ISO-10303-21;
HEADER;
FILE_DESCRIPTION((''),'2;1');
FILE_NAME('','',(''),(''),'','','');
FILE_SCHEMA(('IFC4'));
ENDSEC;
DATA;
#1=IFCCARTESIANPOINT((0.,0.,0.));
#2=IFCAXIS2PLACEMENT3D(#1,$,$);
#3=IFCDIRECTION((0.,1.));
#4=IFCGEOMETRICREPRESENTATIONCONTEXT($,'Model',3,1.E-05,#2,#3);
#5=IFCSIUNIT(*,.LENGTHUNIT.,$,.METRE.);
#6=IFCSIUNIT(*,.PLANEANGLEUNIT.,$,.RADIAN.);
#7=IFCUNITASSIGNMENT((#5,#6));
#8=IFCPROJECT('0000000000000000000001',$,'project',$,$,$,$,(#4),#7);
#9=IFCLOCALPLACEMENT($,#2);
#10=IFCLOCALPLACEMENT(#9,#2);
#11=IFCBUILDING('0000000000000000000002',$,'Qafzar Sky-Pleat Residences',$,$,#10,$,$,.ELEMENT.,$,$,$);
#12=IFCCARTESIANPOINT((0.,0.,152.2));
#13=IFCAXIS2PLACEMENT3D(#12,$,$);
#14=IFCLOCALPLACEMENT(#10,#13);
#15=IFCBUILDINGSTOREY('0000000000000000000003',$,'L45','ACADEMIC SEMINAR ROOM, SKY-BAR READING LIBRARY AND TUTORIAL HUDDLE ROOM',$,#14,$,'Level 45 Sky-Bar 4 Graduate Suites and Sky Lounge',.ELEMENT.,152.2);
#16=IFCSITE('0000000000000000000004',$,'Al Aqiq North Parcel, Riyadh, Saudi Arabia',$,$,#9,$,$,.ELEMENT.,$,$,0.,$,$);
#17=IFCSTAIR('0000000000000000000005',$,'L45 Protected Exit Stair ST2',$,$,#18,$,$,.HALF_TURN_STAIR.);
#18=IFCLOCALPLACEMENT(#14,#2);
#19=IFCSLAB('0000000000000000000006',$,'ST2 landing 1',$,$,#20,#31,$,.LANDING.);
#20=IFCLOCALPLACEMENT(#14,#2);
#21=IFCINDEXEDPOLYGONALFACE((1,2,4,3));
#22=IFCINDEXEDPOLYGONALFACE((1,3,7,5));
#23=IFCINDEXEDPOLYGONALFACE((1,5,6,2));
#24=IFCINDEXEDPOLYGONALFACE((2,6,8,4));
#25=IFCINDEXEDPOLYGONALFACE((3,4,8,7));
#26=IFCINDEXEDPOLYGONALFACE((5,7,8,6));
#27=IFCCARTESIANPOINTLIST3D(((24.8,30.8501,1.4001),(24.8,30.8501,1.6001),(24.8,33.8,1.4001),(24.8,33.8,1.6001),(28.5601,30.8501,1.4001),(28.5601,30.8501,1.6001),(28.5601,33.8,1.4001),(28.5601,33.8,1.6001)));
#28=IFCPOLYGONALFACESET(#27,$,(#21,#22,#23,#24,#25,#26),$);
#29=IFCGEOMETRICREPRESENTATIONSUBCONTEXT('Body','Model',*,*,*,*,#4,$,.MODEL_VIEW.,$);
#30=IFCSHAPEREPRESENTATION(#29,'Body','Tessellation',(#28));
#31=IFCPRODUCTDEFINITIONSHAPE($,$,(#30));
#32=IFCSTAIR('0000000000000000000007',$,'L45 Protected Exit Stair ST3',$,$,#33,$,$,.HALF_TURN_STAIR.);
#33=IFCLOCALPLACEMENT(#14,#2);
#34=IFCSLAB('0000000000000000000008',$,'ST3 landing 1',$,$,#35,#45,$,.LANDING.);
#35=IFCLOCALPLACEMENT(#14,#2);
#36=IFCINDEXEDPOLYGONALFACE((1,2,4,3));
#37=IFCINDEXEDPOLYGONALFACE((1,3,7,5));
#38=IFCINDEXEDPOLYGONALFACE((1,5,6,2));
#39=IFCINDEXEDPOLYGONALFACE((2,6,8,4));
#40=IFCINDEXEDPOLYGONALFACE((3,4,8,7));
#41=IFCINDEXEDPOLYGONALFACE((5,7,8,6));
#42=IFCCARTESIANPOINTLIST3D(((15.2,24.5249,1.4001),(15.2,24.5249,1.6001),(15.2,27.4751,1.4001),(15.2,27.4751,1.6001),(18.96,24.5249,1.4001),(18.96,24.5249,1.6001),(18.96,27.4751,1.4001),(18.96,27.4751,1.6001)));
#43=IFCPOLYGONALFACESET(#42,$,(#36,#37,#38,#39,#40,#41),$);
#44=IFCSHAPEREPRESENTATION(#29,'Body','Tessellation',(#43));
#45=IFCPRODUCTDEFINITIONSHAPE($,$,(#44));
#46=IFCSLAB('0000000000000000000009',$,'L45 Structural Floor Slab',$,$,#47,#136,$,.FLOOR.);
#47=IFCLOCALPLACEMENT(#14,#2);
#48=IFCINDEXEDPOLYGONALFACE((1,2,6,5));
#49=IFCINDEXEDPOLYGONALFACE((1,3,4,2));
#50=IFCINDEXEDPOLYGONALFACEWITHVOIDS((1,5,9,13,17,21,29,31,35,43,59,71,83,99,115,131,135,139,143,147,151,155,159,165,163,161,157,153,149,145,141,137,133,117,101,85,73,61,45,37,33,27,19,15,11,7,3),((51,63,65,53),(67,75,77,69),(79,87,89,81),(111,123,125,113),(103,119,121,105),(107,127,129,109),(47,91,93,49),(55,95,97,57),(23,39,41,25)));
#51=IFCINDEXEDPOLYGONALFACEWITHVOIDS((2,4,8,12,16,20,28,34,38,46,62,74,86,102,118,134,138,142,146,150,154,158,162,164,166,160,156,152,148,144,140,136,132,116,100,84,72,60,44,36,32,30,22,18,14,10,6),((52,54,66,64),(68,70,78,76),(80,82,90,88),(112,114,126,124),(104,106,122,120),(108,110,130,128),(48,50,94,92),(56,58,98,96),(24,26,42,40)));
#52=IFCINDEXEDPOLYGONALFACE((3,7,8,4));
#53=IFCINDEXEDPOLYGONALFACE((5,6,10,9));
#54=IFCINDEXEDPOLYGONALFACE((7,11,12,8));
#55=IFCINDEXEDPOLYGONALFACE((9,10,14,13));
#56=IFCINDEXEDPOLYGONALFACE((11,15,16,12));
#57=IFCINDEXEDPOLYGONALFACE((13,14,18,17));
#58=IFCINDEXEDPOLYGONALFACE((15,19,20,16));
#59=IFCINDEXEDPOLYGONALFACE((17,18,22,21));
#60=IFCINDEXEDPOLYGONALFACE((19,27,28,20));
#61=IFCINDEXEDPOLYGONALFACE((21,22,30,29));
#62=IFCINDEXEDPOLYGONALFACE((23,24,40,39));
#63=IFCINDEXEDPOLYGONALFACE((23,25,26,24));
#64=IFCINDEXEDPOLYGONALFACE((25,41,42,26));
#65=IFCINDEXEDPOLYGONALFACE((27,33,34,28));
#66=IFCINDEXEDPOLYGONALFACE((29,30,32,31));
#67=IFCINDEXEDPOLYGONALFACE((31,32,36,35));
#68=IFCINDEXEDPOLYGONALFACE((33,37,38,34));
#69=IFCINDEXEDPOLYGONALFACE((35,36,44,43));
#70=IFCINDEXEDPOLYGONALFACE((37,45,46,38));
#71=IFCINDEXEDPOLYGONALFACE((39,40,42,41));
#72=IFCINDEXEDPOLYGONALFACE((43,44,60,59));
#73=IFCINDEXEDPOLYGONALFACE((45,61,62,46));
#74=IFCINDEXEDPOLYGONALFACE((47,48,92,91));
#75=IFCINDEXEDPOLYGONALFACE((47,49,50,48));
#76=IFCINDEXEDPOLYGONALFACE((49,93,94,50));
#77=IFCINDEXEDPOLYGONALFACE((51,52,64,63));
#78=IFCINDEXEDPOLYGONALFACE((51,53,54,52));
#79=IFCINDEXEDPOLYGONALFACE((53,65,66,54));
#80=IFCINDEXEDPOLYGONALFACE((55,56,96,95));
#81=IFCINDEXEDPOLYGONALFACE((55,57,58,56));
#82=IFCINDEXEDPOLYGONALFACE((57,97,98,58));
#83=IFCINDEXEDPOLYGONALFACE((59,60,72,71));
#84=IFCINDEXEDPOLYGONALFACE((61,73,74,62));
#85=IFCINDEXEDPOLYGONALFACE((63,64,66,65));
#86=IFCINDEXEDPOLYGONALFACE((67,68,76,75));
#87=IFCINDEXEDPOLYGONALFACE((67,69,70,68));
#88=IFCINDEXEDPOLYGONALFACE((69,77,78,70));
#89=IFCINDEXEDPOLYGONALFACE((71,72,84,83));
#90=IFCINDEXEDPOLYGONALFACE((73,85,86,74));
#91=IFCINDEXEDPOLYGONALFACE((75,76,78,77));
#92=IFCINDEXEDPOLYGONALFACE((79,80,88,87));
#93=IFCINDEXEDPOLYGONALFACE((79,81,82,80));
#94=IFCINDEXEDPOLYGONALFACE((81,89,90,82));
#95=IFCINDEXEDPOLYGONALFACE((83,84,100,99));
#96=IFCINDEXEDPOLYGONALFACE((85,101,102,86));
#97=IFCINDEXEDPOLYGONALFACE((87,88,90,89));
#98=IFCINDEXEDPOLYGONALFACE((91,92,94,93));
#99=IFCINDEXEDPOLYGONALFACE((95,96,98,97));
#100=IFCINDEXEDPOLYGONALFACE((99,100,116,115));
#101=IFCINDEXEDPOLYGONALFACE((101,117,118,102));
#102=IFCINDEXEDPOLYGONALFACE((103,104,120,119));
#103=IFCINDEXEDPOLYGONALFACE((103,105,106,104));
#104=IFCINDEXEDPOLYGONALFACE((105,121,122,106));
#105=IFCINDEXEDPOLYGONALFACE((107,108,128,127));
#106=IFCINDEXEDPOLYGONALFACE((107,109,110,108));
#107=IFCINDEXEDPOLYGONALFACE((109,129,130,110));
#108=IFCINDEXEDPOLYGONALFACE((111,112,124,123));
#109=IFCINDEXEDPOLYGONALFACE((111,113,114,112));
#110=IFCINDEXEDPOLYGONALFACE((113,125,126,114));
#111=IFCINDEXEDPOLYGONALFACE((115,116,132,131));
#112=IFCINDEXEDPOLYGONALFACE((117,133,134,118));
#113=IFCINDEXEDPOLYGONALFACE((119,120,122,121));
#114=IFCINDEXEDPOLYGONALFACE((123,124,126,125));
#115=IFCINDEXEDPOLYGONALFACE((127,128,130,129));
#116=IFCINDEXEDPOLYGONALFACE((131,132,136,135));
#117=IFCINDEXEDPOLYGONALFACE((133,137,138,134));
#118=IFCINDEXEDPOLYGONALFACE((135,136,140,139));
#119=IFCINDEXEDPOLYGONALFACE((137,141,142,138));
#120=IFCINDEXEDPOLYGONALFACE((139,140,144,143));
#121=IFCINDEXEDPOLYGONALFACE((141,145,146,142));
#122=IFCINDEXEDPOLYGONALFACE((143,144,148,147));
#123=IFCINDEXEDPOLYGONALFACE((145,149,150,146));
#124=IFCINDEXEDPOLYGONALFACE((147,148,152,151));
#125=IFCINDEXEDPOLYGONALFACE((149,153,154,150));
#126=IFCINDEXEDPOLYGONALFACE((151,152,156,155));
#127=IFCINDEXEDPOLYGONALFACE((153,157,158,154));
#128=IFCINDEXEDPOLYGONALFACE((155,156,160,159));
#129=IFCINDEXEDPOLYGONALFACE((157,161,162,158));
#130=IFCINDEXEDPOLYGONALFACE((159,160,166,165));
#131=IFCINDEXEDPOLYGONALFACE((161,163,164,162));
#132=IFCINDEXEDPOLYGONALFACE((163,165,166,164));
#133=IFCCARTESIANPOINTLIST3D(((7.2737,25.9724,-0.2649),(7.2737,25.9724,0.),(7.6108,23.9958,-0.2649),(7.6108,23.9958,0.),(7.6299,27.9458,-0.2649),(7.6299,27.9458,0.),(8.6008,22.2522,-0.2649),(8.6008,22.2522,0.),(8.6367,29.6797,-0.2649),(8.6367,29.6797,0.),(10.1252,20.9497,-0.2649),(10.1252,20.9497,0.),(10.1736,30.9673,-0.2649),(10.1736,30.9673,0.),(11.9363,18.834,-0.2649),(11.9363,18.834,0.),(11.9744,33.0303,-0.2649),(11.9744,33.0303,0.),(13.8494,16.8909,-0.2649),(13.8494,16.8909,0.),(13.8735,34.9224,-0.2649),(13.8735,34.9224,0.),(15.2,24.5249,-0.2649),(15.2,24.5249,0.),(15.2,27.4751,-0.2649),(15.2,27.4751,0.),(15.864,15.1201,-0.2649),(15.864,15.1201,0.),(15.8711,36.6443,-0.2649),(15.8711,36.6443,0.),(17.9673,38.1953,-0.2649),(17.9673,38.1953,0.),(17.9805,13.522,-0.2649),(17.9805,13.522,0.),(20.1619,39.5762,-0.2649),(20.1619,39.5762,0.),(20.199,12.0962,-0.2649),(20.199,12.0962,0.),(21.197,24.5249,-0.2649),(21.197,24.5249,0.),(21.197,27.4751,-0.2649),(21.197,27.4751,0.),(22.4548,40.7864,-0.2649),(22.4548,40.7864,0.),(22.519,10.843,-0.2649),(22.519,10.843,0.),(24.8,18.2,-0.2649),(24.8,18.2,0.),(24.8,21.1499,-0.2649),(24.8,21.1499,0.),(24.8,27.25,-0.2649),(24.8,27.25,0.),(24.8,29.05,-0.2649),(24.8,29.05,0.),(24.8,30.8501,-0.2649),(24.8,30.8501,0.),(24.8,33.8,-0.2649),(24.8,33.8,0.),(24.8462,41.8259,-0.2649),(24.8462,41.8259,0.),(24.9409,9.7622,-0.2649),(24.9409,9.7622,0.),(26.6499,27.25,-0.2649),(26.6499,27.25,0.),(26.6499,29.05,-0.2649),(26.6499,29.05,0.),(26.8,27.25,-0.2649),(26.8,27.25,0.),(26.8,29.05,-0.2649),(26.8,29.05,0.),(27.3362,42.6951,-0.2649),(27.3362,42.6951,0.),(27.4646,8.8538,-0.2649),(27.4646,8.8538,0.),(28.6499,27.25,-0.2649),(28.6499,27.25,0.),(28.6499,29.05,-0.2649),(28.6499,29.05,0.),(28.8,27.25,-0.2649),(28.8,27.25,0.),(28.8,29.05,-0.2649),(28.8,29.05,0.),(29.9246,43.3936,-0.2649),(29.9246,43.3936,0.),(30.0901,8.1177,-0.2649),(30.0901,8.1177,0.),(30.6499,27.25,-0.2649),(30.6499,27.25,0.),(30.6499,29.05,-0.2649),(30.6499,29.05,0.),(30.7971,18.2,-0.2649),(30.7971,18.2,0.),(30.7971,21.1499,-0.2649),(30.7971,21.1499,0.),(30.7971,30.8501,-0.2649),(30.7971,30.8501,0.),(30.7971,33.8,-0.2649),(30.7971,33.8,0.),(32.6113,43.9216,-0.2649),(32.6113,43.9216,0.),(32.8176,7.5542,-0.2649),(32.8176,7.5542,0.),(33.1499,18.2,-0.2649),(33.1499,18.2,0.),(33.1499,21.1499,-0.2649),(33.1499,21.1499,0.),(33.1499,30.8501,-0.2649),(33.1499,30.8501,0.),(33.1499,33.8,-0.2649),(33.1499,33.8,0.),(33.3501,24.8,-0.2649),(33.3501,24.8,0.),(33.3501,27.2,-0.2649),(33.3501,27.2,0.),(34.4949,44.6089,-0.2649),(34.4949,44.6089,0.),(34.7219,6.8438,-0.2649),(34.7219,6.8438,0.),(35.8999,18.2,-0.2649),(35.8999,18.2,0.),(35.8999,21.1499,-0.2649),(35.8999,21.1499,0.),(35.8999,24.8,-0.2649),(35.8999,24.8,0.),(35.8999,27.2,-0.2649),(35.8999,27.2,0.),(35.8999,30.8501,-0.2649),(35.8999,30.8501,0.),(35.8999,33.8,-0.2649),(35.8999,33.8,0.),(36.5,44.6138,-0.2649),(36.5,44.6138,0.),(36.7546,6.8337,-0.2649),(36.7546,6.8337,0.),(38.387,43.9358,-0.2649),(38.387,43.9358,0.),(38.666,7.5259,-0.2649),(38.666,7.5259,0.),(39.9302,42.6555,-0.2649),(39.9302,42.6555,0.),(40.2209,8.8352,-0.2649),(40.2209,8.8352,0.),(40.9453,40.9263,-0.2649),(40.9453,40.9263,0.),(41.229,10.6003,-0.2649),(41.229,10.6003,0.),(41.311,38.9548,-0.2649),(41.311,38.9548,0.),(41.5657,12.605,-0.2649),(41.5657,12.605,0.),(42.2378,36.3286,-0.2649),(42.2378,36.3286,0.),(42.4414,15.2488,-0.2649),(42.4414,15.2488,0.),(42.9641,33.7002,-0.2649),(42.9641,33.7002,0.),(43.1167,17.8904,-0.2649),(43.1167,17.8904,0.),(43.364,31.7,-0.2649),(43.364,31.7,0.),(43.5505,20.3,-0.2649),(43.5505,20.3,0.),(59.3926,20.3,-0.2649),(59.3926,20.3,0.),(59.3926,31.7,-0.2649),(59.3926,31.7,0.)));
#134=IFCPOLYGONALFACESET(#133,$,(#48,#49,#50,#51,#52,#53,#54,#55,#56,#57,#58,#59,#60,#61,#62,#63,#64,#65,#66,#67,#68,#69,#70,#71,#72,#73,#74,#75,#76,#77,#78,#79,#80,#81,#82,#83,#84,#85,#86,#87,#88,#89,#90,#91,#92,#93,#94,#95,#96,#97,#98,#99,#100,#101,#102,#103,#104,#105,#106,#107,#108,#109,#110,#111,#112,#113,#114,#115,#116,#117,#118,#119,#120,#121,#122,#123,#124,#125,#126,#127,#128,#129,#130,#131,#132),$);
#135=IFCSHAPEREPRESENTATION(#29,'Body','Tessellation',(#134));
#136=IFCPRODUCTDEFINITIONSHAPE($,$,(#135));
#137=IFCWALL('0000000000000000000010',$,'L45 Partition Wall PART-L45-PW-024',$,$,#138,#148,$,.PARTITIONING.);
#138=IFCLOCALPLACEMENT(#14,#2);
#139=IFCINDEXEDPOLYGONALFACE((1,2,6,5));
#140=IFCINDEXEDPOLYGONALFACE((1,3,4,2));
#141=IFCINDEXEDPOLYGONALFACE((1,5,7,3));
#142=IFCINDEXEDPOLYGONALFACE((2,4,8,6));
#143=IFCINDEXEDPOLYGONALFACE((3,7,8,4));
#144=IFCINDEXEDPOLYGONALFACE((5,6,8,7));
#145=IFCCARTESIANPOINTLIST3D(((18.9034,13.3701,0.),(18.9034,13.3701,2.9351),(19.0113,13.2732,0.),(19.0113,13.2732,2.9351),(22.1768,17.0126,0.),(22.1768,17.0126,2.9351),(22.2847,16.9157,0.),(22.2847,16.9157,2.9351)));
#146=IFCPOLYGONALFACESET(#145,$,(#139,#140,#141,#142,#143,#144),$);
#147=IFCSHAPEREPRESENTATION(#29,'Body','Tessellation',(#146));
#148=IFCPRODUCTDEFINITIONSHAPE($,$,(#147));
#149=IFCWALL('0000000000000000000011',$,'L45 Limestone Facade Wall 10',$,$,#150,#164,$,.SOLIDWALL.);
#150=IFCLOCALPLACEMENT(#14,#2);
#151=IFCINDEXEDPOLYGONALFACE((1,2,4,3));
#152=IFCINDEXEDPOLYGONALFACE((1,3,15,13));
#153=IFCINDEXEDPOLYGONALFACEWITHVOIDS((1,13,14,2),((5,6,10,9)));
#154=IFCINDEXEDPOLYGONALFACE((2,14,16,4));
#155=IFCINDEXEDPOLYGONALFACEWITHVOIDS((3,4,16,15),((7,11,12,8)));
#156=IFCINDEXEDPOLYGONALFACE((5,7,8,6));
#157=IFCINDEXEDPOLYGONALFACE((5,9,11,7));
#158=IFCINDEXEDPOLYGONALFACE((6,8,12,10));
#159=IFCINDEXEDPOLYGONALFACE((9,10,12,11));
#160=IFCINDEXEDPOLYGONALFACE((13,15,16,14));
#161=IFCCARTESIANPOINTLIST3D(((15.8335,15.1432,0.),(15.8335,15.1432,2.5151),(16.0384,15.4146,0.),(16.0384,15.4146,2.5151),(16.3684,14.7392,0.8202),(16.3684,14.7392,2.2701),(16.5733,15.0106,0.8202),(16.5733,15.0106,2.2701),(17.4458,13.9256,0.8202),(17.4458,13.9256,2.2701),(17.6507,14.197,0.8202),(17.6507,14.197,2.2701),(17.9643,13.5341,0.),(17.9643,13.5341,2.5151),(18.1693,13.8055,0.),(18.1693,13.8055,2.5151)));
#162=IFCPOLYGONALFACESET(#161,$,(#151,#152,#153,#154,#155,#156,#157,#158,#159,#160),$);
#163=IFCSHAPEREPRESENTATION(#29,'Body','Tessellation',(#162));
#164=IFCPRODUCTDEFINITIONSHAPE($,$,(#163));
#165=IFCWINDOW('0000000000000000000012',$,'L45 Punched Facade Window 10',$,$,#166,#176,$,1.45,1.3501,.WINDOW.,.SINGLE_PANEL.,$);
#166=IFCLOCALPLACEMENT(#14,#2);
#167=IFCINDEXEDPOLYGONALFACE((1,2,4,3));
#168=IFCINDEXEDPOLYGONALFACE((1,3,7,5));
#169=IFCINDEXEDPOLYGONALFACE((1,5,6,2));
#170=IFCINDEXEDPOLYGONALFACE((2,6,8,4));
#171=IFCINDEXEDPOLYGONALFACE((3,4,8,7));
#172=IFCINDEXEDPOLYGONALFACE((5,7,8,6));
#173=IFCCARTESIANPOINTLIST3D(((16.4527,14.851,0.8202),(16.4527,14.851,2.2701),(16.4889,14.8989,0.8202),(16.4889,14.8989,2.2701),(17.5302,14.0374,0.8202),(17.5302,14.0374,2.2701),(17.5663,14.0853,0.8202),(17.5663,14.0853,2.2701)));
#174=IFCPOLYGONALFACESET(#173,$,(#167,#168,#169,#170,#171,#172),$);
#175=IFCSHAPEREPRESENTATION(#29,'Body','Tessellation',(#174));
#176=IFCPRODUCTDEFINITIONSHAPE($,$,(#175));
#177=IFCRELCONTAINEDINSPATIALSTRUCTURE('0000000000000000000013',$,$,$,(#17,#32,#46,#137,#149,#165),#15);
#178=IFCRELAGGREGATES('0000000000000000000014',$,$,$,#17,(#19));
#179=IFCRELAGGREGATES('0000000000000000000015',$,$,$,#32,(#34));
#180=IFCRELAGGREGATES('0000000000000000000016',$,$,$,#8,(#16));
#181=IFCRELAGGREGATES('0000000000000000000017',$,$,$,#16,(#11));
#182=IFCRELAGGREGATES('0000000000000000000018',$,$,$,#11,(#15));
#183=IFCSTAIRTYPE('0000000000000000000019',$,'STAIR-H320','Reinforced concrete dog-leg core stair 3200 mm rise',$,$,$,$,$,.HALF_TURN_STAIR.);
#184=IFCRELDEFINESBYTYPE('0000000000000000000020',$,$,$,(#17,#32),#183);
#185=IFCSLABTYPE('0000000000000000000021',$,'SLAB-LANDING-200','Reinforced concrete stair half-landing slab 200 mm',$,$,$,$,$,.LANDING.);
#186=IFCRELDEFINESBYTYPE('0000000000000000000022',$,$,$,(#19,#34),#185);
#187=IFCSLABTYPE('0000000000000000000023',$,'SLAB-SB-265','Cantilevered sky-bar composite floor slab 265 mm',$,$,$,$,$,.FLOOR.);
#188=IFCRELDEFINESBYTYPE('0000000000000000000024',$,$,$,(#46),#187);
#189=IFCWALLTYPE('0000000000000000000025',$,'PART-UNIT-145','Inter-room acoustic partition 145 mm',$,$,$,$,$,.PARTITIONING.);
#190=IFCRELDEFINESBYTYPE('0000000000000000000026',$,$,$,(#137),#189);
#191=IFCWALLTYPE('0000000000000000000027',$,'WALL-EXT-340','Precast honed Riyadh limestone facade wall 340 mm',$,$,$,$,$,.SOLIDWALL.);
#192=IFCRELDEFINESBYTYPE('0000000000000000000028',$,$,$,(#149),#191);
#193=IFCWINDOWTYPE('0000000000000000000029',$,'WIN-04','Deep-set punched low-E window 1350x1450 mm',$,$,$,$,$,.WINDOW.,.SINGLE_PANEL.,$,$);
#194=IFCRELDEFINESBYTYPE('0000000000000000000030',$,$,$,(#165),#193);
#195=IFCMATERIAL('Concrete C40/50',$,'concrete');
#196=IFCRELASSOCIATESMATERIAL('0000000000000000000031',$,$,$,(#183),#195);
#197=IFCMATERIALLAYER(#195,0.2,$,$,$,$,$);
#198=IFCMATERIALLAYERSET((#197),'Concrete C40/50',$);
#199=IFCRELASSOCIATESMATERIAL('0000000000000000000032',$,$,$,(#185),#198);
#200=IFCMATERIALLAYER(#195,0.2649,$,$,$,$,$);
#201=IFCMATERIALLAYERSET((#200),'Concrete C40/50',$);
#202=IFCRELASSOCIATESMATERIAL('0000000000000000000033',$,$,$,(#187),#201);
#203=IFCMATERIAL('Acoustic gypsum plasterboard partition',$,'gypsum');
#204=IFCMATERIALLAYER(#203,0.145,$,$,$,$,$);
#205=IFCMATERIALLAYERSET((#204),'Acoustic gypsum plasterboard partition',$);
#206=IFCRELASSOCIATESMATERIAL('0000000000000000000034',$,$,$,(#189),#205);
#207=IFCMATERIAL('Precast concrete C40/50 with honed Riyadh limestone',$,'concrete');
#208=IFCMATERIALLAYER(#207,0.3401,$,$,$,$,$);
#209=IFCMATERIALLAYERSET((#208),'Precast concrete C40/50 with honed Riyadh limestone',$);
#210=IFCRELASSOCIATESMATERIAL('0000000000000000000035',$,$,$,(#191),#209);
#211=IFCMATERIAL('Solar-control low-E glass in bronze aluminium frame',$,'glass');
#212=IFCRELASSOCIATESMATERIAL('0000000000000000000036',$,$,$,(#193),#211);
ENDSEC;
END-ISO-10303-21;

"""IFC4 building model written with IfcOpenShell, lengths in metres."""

from ifc_helpers import new_model, si_unit, direction, frame, frame_2d, origin, place, context, subcontext, project, spatial, polyline, rectangle, outline, extrude, source, transform, mapped, material, layer, layer_set, type_object, element, fill, aggregate, save


model = new_model("IFC4")

# Units and contexts
model_context = context("Model", 3, precision=1e-05, world=origin(), true_north=direction((0.0, 1.0)))
body_context = subcontext(model_context, "Body", "Model", "MODEL_VIEW")
ifc_project = project(units=[si_unit("LENGTHUNIT", "METRE"), si_unit("PLANEANGLEUNIT", "RADIAN")], contexts=[model_context])

# Site, building, storey
site_placement = place(None, origin())
site = spatial("IfcSite", under=ifc_project, at=site_placement, Name="Al Aqiq North Parcel, Riyadh, Saudi Arabia", CompositionType="ELEMENT", RefElevation=0.0)
building_placement = place(site_placement, origin())
building = spatial("IfcBuilding", under=site, at=building_placement, Name="Qafzar Sky-Pleat Residences", CompositionType="ELEMENT")
storey_placement = place(building_placement, frame((0.0, 0.0, 152.2)))
storey = spatial("IfcBuildingStorey", under=building, at=storey_placement, Name="L45", Description="ACADEMIC SEMINAR ROOM, SKY-BAR READING LIBRARY AND TUTORIAL HUDDLE ROOM", LongName="Level 45 Sky-Bar 4 Graduate Suites and Sky Lounge", CompositionType="ELEMENT", Elevation=152.2)

# Shared definitions
ifc_material_1 = material(Name="Concrete C40/50", Category="concrete")

# Stairs, slabs
stair_type = type_object("IfcStairType", Name="STAIR-H320", Description="Reinforced concrete dog-leg core stair 3200 mm rise", PredefinedType="HALF_TURN_STAIR", material=ifc_material_1)
ifc_layer_1 = layer(ifc_material_1, 0.2)
ifc_layer_set_1 = layer_set([ifc_layer_1], Name="Concrete C40/50")
slab_type_1 = type_object("IfcSlabType", Name="SLAB-LANDING-200", Description="Reinforced concrete stair half-landing slab 200 mm", PredefinedType="LANDING", material=ifc_layer_set_1)
stair_1_placement = place(storey_placement, origin())
stair_1 = element("IfcStair", 1, at=stair_1_placement, inside=storey, type_object=stair_type, Name="L45 Protected Exit Stair ST2", PredefinedType="HALF_TURN_STAIR")
slab_1_placement = place(storey_placement, frame((0.0, 0.0, 1.4001)))
slab_1 = element("IfcSlab", 2, at=slab_1_placement, type_object=slab_type_1, Name="ST2 landing 1", PredefinedType="LANDING", context=body_context, shape_type="SweptSolid", body=[
    extrude(outline(polyline([(28.5601, 33.8), (24.8, 33.8), (24.8, 30.8501), (28.5601, 30.8501), (28.5601, 33.8)])), origin(), (0.0, 0.0, 1.0), 0.2),
])
aggregate(stair_1, [slab_1])
stair_2_placement = place(storey_placement, origin())
stair_2 = element("IfcStair", 3, at=stair_2_placement, inside=storey, type_object=stair_type, Name="L45 Protected Exit Stair ST3", PredefinedType="HALF_TURN_STAIR")
slab_2_placement = place(storey_placement, frame((0.0, 0.0, 1.4001)))
slab_2 = element("IfcSlab", 4, at=slab_2_placement, type_object=slab_type_1, Name="ST3 landing 1", PredefinedType="LANDING", context=body_context, shape_type="SweptSolid", body=[
    extrude(outline(polyline([(18.96, 27.4751), (15.2, 27.4751), (15.2, 24.5249), (18.96, 24.5249), (18.96, 27.4751)])), origin(), (0.0, 0.0, 1.0), 0.2),
])
aggregate(stair_2, [slab_2])

# Slab
ifc_layer_2 = layer(ifc_material_1, 0.2649)
ifc_layer_set_2 = layer_set([ifc_layer_2], Name="Concrete C40/50")
slab_type_2 = type_object("IfcSlabType", Name="SLAB-SB-265", Description="Cantilevered sky-bar composite floor slab 265 mm", PredefinedType="FLOOR", material=ifc_layer_set_2)
slab_3_placement = place(storey_placement, frame((0.0, 0.0, -0.2649)))
element("IfcSlab", 5, at=slab_3_placement, inside=storey, type_object=slab_type_2, Name="L45 Structural Floor Slab", PredefinedType="FLOOR", context=body_context, shape_type="SweptSolid", body=[
    extrude(outline(polyline([(43.1167, 17.8904), (42.4414, 15.2488), (41.5657, 12.605), (41.229, 10.6003), (40.2209, 8.8352), (38.666, 7.5259), (36.7546, 6.8337), (34.7219, 6.8438), (32.8176, 7.5542), (30.0901, 8.1177), (27.4646, 8.8538), (24.9409, 9.7622), (22.519, 10.843), (20.199, 12.0962), (17.9805, 13.522), (15.864, 15.1201), (13.8494, 16.8909), (11.9363, 18.834), (10.1252, 20.9497), (8.6008, 22.2522), (7.6108, 23.9958), (7.2737, 25.9724), (7.6299, 27.9458), (8.6367, 29.6797), (10.1736, 30.9673), (11.9744, 33.0303), (13.8735, 34.9224), (15.8711, 36.6443), (17.9673, 38.1953), (20.1619, 39.5762), (22.4548, 40.7864), (24.8462, 41.8259), (27.3362, 42.6951), (29.9246, 43.3936), (32.6113, 43.9216), (34.4949, 44.6089), (36.5, 44.6138), (38.387, 43.9358), (39.9302, 42.6555), (40.9453, 40.9263), (41.311, 38.9548), (42.2378, 36.3286), (42.9641, 33.7002), (43.364, 31.7), (59.3926, 31.7), (59.3926, 20.3), (43.5505, 20.3), (43.1167, 17.8904)]), holes=[polyline([(30.7971, 21.1499), (24.8, 21.1499), (24.8, 18.2), (30.7971, 18.2), (30.7971, 21.1499)]), polyline([(30.7971, 33.8), (24.8, 33.8), (24.8, 30.8501), (30.7971, 30.8501), (30.7971, 33.8)]), polyline([(21.197, 27.4751), (15.2, 27.4751), (15.2, 24.5249), (21.197, 24.5249), (21.197, 27.4751)]), polyline([(24.8, 27.25), (26.6499, 27.25), (26.6499, 29.05), (24.8, 29.05), (24.8, 27.25)]), polyline([(26.8, 27.25), (28.6499, 27.25), (28.6499, 29.05), (26.8, 29.05), (26.8, 27.25)]), polyline([(28.8, 27.25), (30.6499, 27.25), (30.6499, 29.05), (28.8, 29.05), (28.8, 27.25)]), polyline([(33.1499, 18.2), (35.8999, 18.2), (35.8999, 21.1499), (33.1499, 21.1499), (33.1499, 18.2)]), polyline([(33.1499, 30.8501), (35.8999, 30.8501), (35.8999, 33.8), (33.1499, 33.8), (33.1499, 30.8501)]), polyline([(33.3501, 24.8), (35.8999, 24.8), (35.8999, 27.2), (33.3501, 27.2), (33.3501, 24.8)])]), origin(), (0.0, 0.0, 1.0), 0.2649),
])

# Wall
ifc_material_2 = material(Name="Acoustic gypsum plasterboard partition", Category="gypsum")
ifc_layer_3 = layer(ifc_material_2, 0.145)
ifc_layer_set_3 = layer_set([ifc_layer_3], Name="Acoustic gypsum plasterboard partition")
wall_type_1 = type_object("IfcWallType", Name="PART-UNIT-145", Description="Inter-room acoustic partition 145 mm", PredefinedType="PARTITIONING", material=ifc_layer_set_3)
wall_1_placement = place(storey_placement, frame((18.9573, 13.3215, 0.0), z_axis=(0.0, 0.0, 1.0), x_axis=(0.668414, 0.74379, 0.0)))
element("IfcWall", 6, at=wall_1_placement, inside=storey, type_object=wall_type_1, Name="L45 Partition Wall PART-L45-PW-024", PredefinedType="PARTITIONING", context=body_context, shape_type="SweptSolid", body=[
    extrude(rectangle(XDim=4.8972, YDim=0.145, at=frame_2d((2.4487, 0.0))), origin(), (0.0, 0.0, 1.0), 2.9351),
])

# Wall, opening, window
ifc_material_3 = material(Name="Precast concrete C40/50 with honed Riyadh limestone", Category="concrete")
ifc_layer_4 = layer(ifc_material_3, 0.3401)
ifc_layer_set_4 = layer_set([ifc_layer_4], Name="Precast concrete C40/50 with honed Riyadh limestone")
wall_type_2 = type_object("IfcWallType", Name="WALL-EXT-340", Description="Precast honed Riyadh limestone facade wall 340 mm", PredefinedType="SOLIDWALL", material=ifc_layer_set_4)
wall_2_placement = place(storey_placement, frame((15.936, 15.2788, 0.0), z_axis=(0.0, 0.0, 1.0), x_axis=(0.798021, -0.60263, 0.0)))
wall_2 = element("IfcWall", 7, at=wall_2_placement, inside=storey, type_object=wall_type_2, Name="L45 Limestone Facade Wall 10", PredefinedType="SOLIDWALL", context=body_context, shape_type="SweptSolid", body=[
    extrude(rectangle(XDim=2.6702, YDim=0.3401, at=frame_2d((1.335, 0.0))), origin(), (0.0, 0.0, 1.0), 2.5151),
])
opening_1_placement = place(wall_2_placement, frame((0.6702, 0.0, 0.8201)))
opening_1 = element("IfcOpeningElement", 8, at=opening_1_placement, cuts=wall_2, PredefinedType="OPENING", context=body_context, shape_type="SweptSolid", body=[
    extrude(rectangle(XDim=1.3501, YDim=1.45, at=frame_2d((0.675, 0.7251))), frame((0.0, 0.1802, 0.0), z_axis=(0.0, -1.0, 0.0), x_axis=(1.0, 0.0, 0.0)), (0.0, 0.0, 1.0), 0.3601),
])
ifc_material_4 = material(Name="Solar-control low-E glass in bronze aluminium frame", Category="glass")
window_type_1 = type_object("IfcWindowType", Name="WIN-04", Description="Deep-set punched low-E window 1350x1450 mm", PartitioningType="SINGLE_PANEL", PredefinedType="WINDOW", material=ifc_material_4)
shared_shape_1 = source(origin(), body_context, "Body", "SweptSolid", [
    extrude(rectangle(XDim=1.3501, YDim=1.45, at=frame_2d((0.675, 0.7251))), frame((0.0, 0.03, 0.0), z_axis=(0.0, -1.0, 0.0), x_axis=(1.0, 0.0, 0.0)), (0.0, 0.0, 1.0), 0.0601),
])
window_1_placement = place(opening_1_placement, origin())
window_1 = element("IfcWindow", 9, at=window_1_placement, inside=storey, type_object=window_type_1, Name="L45 Punched Facade Window 10", OverallHeight=1.45, OverallWidth=1.3501, PartitioningType="SINGLE_PANEL", PredefinedType="WINDOW", context=body_context, shape_type="MappedRepresentation", body=[
    mapped(shared_shape_1, transform((0.0, 0.0, 0.0), x_axis=(1.0, 0.0, 0.0), y_axis=(0.0, 1.0, 0.0), z_axis=(0.0, 0.0, 1.0), scale=1.0)),
])
fill(opening_1, window_1)

save(model, "model.ifc")
